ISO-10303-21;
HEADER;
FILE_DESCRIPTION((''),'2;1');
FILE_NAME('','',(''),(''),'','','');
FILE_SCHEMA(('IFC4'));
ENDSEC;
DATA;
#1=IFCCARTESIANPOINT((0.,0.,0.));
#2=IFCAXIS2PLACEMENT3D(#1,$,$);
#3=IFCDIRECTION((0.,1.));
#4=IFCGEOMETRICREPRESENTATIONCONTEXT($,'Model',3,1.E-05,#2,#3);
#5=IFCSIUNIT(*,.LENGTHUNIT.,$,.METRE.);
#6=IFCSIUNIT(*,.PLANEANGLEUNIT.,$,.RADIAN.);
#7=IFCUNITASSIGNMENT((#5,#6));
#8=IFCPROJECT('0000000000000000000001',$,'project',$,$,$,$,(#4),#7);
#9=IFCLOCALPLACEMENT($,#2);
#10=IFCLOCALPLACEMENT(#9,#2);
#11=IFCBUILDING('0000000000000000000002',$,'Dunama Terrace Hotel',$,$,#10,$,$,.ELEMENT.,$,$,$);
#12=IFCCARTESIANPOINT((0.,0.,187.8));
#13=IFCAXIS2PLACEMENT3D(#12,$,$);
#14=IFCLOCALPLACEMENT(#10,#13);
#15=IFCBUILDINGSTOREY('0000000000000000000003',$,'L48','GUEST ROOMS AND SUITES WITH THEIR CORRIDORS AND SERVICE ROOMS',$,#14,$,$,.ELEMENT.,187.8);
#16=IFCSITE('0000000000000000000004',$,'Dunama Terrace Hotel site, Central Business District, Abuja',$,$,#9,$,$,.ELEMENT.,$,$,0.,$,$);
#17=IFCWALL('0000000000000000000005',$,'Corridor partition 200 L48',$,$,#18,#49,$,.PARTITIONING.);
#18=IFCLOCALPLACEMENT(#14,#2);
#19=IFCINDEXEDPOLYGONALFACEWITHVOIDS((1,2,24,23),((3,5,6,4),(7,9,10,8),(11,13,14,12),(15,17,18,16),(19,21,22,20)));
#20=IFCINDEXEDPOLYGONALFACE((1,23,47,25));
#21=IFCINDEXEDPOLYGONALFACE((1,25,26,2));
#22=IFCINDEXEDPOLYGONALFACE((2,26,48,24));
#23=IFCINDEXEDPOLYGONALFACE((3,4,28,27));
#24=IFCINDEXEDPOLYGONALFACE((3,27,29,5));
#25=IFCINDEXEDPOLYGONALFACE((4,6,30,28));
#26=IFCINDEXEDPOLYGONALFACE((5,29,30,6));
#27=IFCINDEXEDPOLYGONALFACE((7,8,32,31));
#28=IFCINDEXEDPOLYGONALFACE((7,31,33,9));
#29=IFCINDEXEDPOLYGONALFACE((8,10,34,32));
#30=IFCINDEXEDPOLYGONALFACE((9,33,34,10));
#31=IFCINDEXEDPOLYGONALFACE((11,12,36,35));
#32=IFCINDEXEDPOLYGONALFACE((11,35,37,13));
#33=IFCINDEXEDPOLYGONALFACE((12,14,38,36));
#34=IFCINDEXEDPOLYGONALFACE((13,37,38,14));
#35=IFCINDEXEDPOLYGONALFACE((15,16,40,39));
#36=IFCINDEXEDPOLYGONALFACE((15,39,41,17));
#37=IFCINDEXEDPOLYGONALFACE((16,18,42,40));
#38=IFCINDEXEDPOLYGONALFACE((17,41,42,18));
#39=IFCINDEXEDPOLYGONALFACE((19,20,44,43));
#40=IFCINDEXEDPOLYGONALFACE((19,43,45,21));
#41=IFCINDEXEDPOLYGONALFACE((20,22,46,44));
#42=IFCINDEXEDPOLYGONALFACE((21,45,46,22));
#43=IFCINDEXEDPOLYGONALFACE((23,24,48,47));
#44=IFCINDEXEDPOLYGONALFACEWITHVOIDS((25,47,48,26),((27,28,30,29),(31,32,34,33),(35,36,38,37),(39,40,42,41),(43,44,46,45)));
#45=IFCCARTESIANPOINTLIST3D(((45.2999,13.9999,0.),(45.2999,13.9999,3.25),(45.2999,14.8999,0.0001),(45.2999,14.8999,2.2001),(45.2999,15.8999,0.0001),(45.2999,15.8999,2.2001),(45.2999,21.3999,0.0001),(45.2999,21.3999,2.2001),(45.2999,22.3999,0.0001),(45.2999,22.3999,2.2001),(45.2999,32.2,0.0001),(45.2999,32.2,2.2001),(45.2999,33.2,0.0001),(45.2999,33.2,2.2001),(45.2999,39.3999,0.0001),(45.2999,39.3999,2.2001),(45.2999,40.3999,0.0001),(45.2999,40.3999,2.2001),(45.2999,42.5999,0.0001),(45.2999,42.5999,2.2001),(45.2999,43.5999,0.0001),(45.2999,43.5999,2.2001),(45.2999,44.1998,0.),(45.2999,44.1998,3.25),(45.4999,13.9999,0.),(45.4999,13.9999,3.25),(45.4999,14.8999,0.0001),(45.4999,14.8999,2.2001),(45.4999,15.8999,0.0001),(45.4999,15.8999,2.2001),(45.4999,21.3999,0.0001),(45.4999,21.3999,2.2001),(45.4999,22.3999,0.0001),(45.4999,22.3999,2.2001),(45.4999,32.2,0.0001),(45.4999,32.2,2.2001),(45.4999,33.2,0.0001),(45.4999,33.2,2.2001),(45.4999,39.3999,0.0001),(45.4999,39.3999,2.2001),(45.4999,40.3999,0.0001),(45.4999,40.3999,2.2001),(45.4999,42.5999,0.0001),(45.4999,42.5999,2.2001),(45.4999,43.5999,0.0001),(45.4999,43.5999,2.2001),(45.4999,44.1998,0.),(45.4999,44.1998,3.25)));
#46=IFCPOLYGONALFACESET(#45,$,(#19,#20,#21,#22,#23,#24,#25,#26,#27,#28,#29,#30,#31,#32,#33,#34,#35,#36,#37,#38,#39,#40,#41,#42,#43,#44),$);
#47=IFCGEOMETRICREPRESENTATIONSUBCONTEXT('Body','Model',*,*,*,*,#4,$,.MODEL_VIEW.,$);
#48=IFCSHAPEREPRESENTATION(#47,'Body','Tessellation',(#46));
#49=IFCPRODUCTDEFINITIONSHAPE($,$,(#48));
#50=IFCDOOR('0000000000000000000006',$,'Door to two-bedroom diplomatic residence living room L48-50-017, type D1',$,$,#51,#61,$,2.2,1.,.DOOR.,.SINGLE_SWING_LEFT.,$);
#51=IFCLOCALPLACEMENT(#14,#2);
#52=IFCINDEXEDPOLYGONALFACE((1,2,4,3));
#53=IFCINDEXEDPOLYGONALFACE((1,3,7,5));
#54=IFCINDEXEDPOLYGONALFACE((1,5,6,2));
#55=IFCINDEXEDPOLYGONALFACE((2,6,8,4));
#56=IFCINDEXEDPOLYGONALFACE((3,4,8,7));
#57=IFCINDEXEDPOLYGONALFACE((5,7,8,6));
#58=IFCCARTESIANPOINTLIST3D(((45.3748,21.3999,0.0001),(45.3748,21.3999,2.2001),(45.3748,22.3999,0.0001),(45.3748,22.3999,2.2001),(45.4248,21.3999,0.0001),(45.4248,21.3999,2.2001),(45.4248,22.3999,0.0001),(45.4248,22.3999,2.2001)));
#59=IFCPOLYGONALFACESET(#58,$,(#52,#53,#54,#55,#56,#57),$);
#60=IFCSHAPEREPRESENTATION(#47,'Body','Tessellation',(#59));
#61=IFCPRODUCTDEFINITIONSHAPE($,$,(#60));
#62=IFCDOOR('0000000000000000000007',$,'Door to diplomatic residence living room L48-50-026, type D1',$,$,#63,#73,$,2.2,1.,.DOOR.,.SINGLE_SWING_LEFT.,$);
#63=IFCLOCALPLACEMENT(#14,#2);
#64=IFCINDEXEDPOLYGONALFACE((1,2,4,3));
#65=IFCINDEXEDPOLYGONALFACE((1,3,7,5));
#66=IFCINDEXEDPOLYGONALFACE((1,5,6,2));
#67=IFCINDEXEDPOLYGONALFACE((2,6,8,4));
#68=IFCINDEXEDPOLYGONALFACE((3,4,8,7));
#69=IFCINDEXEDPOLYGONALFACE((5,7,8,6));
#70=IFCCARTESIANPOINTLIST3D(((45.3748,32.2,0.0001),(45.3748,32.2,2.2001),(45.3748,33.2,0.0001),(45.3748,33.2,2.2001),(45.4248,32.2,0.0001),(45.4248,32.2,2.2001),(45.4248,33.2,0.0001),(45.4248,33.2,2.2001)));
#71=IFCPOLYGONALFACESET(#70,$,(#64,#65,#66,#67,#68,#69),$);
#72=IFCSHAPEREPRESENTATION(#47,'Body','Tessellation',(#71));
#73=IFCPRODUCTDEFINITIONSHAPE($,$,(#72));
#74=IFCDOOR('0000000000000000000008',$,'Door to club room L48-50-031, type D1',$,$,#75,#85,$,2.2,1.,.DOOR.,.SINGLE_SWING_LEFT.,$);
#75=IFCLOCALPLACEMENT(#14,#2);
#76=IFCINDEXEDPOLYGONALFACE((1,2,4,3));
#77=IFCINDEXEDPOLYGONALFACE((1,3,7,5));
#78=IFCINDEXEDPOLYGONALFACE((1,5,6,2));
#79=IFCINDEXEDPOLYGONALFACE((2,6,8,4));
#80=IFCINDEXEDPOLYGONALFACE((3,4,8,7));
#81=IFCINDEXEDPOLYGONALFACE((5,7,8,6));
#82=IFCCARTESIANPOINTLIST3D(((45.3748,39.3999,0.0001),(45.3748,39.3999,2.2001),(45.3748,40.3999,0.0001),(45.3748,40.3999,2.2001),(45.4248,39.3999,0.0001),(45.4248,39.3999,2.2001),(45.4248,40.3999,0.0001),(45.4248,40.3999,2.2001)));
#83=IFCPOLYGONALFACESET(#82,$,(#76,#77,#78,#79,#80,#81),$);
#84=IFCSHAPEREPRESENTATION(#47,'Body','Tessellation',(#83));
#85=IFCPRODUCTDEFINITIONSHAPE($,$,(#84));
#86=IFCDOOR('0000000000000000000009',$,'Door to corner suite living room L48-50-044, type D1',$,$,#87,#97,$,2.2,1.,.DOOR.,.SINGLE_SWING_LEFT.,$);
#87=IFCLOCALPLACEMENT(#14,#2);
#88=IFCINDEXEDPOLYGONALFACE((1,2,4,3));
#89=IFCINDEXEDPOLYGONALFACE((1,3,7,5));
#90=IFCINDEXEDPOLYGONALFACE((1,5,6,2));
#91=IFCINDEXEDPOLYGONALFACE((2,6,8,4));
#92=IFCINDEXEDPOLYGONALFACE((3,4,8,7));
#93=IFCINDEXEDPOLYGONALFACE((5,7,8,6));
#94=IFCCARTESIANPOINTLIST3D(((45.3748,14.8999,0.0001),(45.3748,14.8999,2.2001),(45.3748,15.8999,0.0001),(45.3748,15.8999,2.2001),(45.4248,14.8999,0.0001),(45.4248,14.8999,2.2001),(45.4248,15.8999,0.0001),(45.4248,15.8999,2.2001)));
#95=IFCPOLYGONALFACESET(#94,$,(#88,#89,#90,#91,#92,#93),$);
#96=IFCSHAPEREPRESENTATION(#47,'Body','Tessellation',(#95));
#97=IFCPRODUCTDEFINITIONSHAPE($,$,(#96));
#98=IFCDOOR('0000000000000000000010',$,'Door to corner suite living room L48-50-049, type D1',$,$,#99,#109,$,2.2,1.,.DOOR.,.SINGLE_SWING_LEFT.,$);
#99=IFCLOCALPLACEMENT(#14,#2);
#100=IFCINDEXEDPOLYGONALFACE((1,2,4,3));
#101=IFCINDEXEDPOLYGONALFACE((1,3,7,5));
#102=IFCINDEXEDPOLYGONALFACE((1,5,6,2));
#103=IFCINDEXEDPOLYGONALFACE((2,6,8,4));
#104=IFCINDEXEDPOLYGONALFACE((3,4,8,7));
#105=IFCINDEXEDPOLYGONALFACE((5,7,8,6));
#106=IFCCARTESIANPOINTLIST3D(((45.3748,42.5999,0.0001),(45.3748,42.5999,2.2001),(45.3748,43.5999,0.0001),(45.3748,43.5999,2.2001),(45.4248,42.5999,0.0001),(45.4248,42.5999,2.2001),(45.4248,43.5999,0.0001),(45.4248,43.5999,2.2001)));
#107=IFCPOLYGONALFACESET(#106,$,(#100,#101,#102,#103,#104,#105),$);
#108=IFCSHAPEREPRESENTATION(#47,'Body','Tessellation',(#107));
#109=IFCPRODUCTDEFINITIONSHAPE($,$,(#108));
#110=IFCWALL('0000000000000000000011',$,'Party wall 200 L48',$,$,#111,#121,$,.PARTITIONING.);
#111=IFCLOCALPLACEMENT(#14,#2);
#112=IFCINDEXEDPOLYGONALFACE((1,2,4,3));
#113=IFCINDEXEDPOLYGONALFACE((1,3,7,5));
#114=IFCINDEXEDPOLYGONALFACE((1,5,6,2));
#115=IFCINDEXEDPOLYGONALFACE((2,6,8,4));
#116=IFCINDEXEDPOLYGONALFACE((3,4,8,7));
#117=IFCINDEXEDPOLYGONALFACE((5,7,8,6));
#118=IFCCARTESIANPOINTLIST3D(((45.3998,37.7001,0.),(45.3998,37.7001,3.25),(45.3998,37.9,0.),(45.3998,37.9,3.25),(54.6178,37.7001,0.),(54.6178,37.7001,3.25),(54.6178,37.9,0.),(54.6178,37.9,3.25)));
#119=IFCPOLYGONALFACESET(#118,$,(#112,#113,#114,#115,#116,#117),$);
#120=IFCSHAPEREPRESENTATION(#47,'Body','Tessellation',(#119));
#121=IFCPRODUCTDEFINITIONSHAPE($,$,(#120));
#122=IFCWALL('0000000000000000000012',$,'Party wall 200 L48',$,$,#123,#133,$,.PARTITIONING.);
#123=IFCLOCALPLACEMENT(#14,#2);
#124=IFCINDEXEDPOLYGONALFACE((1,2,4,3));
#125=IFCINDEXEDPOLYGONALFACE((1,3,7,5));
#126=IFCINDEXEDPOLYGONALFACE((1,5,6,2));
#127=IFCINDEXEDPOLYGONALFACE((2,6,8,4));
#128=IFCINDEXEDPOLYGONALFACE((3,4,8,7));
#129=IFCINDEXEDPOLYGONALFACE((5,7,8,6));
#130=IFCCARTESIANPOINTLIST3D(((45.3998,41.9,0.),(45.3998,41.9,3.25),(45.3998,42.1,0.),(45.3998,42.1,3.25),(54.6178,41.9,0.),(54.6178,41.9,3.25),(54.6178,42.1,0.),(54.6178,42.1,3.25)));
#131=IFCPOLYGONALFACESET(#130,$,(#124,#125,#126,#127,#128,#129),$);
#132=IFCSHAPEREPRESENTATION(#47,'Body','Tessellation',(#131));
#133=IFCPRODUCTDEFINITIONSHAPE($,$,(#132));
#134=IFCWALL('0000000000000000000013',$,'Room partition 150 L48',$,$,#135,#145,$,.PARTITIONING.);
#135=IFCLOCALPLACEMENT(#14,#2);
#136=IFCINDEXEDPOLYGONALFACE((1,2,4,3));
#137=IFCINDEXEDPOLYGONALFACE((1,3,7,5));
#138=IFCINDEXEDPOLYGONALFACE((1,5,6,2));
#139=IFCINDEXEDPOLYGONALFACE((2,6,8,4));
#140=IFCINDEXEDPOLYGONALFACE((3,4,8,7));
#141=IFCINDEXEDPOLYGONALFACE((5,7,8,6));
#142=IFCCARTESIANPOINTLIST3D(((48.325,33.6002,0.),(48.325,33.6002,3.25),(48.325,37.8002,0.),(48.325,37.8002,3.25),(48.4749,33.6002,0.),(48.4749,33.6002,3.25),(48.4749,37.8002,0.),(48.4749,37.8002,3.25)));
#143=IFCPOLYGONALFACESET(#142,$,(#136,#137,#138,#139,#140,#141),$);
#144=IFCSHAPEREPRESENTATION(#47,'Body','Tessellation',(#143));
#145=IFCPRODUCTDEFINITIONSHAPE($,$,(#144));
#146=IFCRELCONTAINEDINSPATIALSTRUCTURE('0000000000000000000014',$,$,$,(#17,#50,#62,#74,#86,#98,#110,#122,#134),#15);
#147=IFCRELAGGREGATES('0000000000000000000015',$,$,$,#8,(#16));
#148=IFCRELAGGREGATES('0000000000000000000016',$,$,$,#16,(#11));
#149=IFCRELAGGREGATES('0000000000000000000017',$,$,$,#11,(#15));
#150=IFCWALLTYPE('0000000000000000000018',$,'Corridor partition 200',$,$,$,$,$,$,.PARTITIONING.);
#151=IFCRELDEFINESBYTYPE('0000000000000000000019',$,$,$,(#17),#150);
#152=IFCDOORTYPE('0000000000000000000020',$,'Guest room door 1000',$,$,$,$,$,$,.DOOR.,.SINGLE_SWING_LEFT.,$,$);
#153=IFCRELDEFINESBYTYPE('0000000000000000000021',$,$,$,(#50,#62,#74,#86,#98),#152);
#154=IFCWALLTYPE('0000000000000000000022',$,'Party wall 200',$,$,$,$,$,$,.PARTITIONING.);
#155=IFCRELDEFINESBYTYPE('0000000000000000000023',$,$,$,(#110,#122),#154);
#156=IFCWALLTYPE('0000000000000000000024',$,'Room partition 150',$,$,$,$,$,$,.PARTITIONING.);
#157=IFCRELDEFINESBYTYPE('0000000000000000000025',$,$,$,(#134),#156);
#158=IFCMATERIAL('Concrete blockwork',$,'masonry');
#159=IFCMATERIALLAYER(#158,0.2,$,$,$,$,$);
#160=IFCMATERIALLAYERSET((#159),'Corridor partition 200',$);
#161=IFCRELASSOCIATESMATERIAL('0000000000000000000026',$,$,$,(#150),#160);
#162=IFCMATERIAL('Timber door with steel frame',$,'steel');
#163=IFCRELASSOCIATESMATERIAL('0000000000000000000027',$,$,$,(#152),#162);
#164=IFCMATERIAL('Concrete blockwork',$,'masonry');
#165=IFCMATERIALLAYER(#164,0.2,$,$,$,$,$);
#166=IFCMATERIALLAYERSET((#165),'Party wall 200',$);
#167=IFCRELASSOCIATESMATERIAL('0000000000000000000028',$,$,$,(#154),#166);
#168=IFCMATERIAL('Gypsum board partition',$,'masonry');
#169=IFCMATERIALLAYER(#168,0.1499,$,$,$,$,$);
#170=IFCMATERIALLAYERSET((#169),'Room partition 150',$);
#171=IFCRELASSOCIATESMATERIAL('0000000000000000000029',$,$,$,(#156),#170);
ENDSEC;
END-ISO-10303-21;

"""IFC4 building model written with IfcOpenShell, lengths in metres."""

from ifc_helpers import new_model, si_unit, direction, frame, frame_2d, origin, place, context, subcontext, project, spatial, rectangle, extrude, material, layer, layer_set, type_object, element, fill, save


model = new_model("IFC4")

# Units and contexts
model_context = context("Model", 3, precision=1e-05, world=origin(), true_north=direction((0.0, 1.0)))
body_context = subcontext(model_context, "Body", "Model", "MODEL_VIEW")
ifc_project = project(units=[si_unit("LENGTHUNIT", "METRE"), si_unit("PLANEANGLEUNIT", "RADIAN")], contexts=[model_context])

# Site, building, storey
site_placement = place(None, origin())
site = spatial("IfcSite", under=ifc_project, at=site_placement, Name="Dunama Terrace Hotel site, Central Business District, Abuja", CompositionType="ELEMENT", RefElevation=0.0)
building_placement = place(site_placement, origin())
building = spatial("IfcBuilding", under=site, at=building_placement, Name="Dunama Terrace Hotel", CompositionType="ELEMENT")
storey_placement = place(building_placement, frame((0.0, 0.0, 187.8)))
storey = spatial("IfcBuildingStorey", under=building, at=storey_placement, Name="L48", Description="GUEST ROOMS AND SUITES WITH THEIR CORRIDORS AND SERVICE ROOMS", CompositionType="ELEMENT", Elevation=187.8)

# Wall, openings, doors
ifc_material_1 = material(Name="Concrete blockwork", Category="masonry")
ifc_layer_1 = layer(ifc_material_1, 0.2)
ifc_layer_set_1 = layer_set([ifc_layer_1], Name="Corridor partition 200")
wall_type_1 = type_object("IfcWallType", Name="Corridor partition 200", PredefinedType="PARTITIONING", material=ifc_layer_set_1)
wall_1_placement = place(storey_placement, frame((45.3999, 44.2, 0.0), z_axis=(0.0, 0.0, 1.0), x_axis=(0.0, -1.0, 0.0)))
wall_1 = element("IfcWall", 1, at=wall_1_placement, inside=storey, type_object=wall_type_1, Name="Corridor partition 200 L48", PredefinedType="PARTITIONING", context=body_context, shape_type="SweptSolid", body=[
    extrude(rectangle(XDim=30.2, YDim=0.2, at=frame_2d((15.1001, 0.0))), origin(), (0.0, 0.0, 1.0), 3.25),
])
opening_1_placement = place(wall_1_placement, frame((21.8, 0.0, 0.0)))
opening_1 = element("IfcOpeningElement", 2, at=opening_1_placement, cuts=wall_1, PredefinedType="OPENING", context=body_context, shape_type="SweptSolid", body=[
    extrude(rectangle(XDim=1.0, YDim=2.2, at=frame_2d((0.5, 1.1001))), frame((0.0, 0.1099, 0.0), z_axis=(0.0, -1.0, 0.0), x_axis=(1.0, 0.0, 0.0)), (0.0, 0.0, 1.0), 0.22),
])
opening_2_placement = place(wall_1_placement, frame((11.0, 0.0, 0.0)))
opening_2 = element("IfcOpeningElement", 3, at=opening_2_placement, cuts=wall_1, PredefinedType="OPENING", context=body_context, shape_type="SweptSolid", body=[
    extrude(rectangle(XDim=1.0, YDim=2.2, at=frame_2d((0.5, 1.1001))), frame((0.0, 0.1099, 0.0), z_axis=(0.0, -1.0, 0.0), x_axis=(1.0, 0.0, 0.0)), (0.0, 0.0, 1.0), 0.22),
])
opening_3_placement = place(wall_1_placement, frame((3.8, 0.0, 0.0)))
opening_3 = element("IfcOpeningElement", 4, at=opening_3_placement, cuts=wall_1, PredefinedType="OPENING", context=body_context, shape_type="SweptSolid", body=[
    extrude(rectangle(XDim=1.0, YDim=2.2, at=frame_2d((0.5, 1.1001))), frame((0.0, 0.1099, 0.0), z_axis=(0.0, -1.0, 0.0), x_axis=(1.0, 0.0, 0.0)), (0.0, 0.0, 1.0), 0.22),
])
opening_4_placement = place(wall_1_placement, frame((28.3, 0.0, 0.0)))
opening_4 = element("IfcOpeningElement", 5, at=opening_4_placement, cuts=wall_1, PredefinedType="OPENING", context=body_context, shape_type="SweptSolid", body=[
    extrude(rectangle(XDim=1.0, YDim=2.2, at=frame_2d((0.5, 1.1001))), frame((0.0, 0.1099, 0.0), z_axis=(0.0, -1.0, 0.0), x_axis=(1.0, 0.0, 0.0)), (0.0, 0.0, 1.0), 0.22),
])
opening_5_placement = place(wall_1_placement, frame((0.6001, 0.0, 0.0)))
opening_5 = element("IfcOpeningElement", 6, at=opening_5_placement, cuts=wall_1, PredefinedType="OPENING", context=body_context, shape_type="SweptSolid", body=[
    extrude(rectangle(XDim=1.0, YDim=2.2, at=frame_2d((0.5, 1.1001))), frame((0.0, 0.1099, 0.0), z_axis=(0.0, -1.0, 0.0), x_axis=(1.0, 0.0, 0.0)), (0.0, 0.0, 1.0), 0.22),
])
ifc_material_2 = material(Name="Timber door with steel frame", Category="steel")
door_type_1 = type_object("IfcDoorType", Name="Guest room door 1000", OperationType="SINGLE_SWING_LEFT", PredefinedType="DOOR", material=ifc_material_2)
door_1_placement = place(opening_1_placement, origin())
door_1 = element("IfcDoor", 7, at=door_1_placement, inside=storey, type_object=door_type_1, Name="Door to two-bedroom diplomatic residence living room L48-50-017, type D1", OperationType="SINGLE_SWING_LEFT", OverallHeight=2.2, OverallWidth=1.0, PredefinedType="DOOR", context=body_context, shape_type="SweptSolid", body=[
    extrude(rectangle(XDim=1.0, YDim=2.2, at=frame_2d((0.5, 1.1001))), frame((0.0, 0.0249, 0.0), z_axis=(0.0, -1.0, 0.0), x_axis=(1.0, 0.0, 0.0)), (0.0, 0.0, 1.0), 0.05),
])
fill(opening_1, door_1)
door_2_placement = place(opening_2_placement, origin())
door_2 = element("IfcDoor", 8, at=door_2_placement, inside=storey, type_object=door_type_1, Name="Door to diplomatic residence living room L48-50-026, type D1", OperationType="SINGLE_SWING_LEFT", OverallHeight=2.2, OverallWidth=1.0, PredefinedType="DOOR", context=body_context, shape_type="SweptSolid", body=[
    extrude(rectangle(XDim=1.0, YDim=2.2, at=frame_2d((0.5, 1.1001))), frame((0.0, 0.0249, 0.0), z_axis=(0.0, -1.0, 0.0), x_axis=(1.0, 0.0, 0.0)), (0.0, 0.0, 1.0), 0.05),
])
fill(opening_2, door_2)
door_3_placement = place(opening_3_placement, origin())
door_3 = element("IfcDoor", 9, at=door_3_placement, inside=storey, type_object=door_type_1, Name="Door to club room L48-50-031, type D1", OperationType="SINGLE_SWING_LEFT", OverallHeight=2.2, OverallWidth=1.0, PredefinedType="DOOR", context=body_context, shape_type="SweptSolid", body=[
    extrude(rectangle(XDim=1.0, YDim=2.2, at=frame_2d((0.5, 1.1001))), frame((0.0, 0.0249, 0.0), z_axis=(0.0, -1.0, 0.0), x_axis=(1.0, 0.0, 0.0)), (0.0, 0.0, 1.0), 0.05),
])
fill(opening_3, door_3)
door_4_placement = place(opening_4_placement, origin())
door_4 = element("IfcDoor", 10, at=door_4_placement, inside=storey, type_object=door_type_1, Name="Door to corner suite living room L48-50-044, type D1", OperationType="SINGLE_SWING_LEFT", OverallHeight=2.2, OverallWidth=1.0, PredefinedType="DOOR", context=body_context, shape_type="SweptSolid", body=[
    extrude(rectangle(XDim=1.0, YDim=2.2, at=frame_2d((0.5, 1.1001))), frame((0.0, 0.0249, 0.0), z_axis=(0.0, -1.0, 0.0), x_axis=(1.0, 0.0, 0.0)), (0.0, 0.0, 1.0), 0.05),
])
fill(opening_4, door_4)
door_5_placement = place(opening_5_placement, origin())
door_5 = element("IfcDoor", 11, at=door_5_placement, inside=storey, type_object=door_type_1, Name="Door to corner suite living room L48-50-049, type D1", OperationType="SINGLE_SWING_LEFT", OverallHeight=2.2, OverallWidth=1.0, PredefinedType="DOOR", context=body_context, shape_type="SweptSolid", body=[
    extrude(rectangle(XDim=1.0, YDim=2.2, at=frame_2d((0.5, 1.1001))), frame((0.0, 0.0249, 0.0), z_axis=(0.0, -1.0, 0.0), x_axis=(1.0, 0.0, 0.0)), (0.0, 0.0, 1.0), 0.05),
])
fill(opening_5, door_5)

# Walls
ifc_material_3 = material(Name="Concrete blockwork", Category="masonry")
ifc_layer_2 = layer(ifc_material_3, 0.2)
ifc_layer_set_2 = layer_set([ifc_layer_2], Name="Party wall 200")
wall_type_2 = type_object("IfcWallType", Name="Party wall 200", PredefinedType="PARTITIONING", material=ifc_layer_set_2)
for number, where, z_axis, x_axis, name in (
    (12, (45.3999, 37.8, 0.0), (0.0, 0.0, 1.0), (1.0, 0.0, 0.0), "Party wall 200 L48"),
    (13, (45.3999, 42.0, 0.0), (0.0, 0.0, 1.0), (1.0, 0.0, 0.0), "Party wall 200 L48"),
):
    element("IfcWall", number, at=place(storey_placement, frame(where, z_axis=z_axis, x_axis=x_axis)), inside=storey, type_object=wall_type_2, Name=name, PredefinedType="PARTITIONING", context=body_context, shape_type="SweptSolid", body=[
        extrude(rectangle(XDim=9.218, YDim=0.2, at=frame_2d((4.6089, 0.0))), origin(), (0.0, 0.0, 1.0), 3.25),
    ])
ifc_material_4 = material(Name="Gypsum board partition", Category="masonry")
ifc_layer_3 = layer(ifc_material_4, 0.1499)
ifc_layer_set_3 = layer_set([ifc_layer_3], Name="Room partition 150")
wall_type_3 = type_object("IfcWallType", Name="Room partition 150", PredefinedType="PARTITIONING", material=ifc_layer_set_3)
wall_2_placement = place(storey_placement, frame((48.3999, 33.6001, 0.0), z_axis=(0.0, 0.0, 1.0), x_axis=(0.0, 1.0, 0.0)))
element("IfcWall", 14, at=wall_2_placement, inside=storey, type_object=wall_type_3, Name="Room partition 150 L48", PredefinedType="PARTITIONING", context=body_context, shape_type="SweptSolid", body=[
    extrude(rectangle(XDim=4.2, YDim=0.1499, at=frame_2d((2.1001, 0.0))), origin(), (0.0, 0.0, 1.0), 3.25),
])

save(model, "model.ifc")
